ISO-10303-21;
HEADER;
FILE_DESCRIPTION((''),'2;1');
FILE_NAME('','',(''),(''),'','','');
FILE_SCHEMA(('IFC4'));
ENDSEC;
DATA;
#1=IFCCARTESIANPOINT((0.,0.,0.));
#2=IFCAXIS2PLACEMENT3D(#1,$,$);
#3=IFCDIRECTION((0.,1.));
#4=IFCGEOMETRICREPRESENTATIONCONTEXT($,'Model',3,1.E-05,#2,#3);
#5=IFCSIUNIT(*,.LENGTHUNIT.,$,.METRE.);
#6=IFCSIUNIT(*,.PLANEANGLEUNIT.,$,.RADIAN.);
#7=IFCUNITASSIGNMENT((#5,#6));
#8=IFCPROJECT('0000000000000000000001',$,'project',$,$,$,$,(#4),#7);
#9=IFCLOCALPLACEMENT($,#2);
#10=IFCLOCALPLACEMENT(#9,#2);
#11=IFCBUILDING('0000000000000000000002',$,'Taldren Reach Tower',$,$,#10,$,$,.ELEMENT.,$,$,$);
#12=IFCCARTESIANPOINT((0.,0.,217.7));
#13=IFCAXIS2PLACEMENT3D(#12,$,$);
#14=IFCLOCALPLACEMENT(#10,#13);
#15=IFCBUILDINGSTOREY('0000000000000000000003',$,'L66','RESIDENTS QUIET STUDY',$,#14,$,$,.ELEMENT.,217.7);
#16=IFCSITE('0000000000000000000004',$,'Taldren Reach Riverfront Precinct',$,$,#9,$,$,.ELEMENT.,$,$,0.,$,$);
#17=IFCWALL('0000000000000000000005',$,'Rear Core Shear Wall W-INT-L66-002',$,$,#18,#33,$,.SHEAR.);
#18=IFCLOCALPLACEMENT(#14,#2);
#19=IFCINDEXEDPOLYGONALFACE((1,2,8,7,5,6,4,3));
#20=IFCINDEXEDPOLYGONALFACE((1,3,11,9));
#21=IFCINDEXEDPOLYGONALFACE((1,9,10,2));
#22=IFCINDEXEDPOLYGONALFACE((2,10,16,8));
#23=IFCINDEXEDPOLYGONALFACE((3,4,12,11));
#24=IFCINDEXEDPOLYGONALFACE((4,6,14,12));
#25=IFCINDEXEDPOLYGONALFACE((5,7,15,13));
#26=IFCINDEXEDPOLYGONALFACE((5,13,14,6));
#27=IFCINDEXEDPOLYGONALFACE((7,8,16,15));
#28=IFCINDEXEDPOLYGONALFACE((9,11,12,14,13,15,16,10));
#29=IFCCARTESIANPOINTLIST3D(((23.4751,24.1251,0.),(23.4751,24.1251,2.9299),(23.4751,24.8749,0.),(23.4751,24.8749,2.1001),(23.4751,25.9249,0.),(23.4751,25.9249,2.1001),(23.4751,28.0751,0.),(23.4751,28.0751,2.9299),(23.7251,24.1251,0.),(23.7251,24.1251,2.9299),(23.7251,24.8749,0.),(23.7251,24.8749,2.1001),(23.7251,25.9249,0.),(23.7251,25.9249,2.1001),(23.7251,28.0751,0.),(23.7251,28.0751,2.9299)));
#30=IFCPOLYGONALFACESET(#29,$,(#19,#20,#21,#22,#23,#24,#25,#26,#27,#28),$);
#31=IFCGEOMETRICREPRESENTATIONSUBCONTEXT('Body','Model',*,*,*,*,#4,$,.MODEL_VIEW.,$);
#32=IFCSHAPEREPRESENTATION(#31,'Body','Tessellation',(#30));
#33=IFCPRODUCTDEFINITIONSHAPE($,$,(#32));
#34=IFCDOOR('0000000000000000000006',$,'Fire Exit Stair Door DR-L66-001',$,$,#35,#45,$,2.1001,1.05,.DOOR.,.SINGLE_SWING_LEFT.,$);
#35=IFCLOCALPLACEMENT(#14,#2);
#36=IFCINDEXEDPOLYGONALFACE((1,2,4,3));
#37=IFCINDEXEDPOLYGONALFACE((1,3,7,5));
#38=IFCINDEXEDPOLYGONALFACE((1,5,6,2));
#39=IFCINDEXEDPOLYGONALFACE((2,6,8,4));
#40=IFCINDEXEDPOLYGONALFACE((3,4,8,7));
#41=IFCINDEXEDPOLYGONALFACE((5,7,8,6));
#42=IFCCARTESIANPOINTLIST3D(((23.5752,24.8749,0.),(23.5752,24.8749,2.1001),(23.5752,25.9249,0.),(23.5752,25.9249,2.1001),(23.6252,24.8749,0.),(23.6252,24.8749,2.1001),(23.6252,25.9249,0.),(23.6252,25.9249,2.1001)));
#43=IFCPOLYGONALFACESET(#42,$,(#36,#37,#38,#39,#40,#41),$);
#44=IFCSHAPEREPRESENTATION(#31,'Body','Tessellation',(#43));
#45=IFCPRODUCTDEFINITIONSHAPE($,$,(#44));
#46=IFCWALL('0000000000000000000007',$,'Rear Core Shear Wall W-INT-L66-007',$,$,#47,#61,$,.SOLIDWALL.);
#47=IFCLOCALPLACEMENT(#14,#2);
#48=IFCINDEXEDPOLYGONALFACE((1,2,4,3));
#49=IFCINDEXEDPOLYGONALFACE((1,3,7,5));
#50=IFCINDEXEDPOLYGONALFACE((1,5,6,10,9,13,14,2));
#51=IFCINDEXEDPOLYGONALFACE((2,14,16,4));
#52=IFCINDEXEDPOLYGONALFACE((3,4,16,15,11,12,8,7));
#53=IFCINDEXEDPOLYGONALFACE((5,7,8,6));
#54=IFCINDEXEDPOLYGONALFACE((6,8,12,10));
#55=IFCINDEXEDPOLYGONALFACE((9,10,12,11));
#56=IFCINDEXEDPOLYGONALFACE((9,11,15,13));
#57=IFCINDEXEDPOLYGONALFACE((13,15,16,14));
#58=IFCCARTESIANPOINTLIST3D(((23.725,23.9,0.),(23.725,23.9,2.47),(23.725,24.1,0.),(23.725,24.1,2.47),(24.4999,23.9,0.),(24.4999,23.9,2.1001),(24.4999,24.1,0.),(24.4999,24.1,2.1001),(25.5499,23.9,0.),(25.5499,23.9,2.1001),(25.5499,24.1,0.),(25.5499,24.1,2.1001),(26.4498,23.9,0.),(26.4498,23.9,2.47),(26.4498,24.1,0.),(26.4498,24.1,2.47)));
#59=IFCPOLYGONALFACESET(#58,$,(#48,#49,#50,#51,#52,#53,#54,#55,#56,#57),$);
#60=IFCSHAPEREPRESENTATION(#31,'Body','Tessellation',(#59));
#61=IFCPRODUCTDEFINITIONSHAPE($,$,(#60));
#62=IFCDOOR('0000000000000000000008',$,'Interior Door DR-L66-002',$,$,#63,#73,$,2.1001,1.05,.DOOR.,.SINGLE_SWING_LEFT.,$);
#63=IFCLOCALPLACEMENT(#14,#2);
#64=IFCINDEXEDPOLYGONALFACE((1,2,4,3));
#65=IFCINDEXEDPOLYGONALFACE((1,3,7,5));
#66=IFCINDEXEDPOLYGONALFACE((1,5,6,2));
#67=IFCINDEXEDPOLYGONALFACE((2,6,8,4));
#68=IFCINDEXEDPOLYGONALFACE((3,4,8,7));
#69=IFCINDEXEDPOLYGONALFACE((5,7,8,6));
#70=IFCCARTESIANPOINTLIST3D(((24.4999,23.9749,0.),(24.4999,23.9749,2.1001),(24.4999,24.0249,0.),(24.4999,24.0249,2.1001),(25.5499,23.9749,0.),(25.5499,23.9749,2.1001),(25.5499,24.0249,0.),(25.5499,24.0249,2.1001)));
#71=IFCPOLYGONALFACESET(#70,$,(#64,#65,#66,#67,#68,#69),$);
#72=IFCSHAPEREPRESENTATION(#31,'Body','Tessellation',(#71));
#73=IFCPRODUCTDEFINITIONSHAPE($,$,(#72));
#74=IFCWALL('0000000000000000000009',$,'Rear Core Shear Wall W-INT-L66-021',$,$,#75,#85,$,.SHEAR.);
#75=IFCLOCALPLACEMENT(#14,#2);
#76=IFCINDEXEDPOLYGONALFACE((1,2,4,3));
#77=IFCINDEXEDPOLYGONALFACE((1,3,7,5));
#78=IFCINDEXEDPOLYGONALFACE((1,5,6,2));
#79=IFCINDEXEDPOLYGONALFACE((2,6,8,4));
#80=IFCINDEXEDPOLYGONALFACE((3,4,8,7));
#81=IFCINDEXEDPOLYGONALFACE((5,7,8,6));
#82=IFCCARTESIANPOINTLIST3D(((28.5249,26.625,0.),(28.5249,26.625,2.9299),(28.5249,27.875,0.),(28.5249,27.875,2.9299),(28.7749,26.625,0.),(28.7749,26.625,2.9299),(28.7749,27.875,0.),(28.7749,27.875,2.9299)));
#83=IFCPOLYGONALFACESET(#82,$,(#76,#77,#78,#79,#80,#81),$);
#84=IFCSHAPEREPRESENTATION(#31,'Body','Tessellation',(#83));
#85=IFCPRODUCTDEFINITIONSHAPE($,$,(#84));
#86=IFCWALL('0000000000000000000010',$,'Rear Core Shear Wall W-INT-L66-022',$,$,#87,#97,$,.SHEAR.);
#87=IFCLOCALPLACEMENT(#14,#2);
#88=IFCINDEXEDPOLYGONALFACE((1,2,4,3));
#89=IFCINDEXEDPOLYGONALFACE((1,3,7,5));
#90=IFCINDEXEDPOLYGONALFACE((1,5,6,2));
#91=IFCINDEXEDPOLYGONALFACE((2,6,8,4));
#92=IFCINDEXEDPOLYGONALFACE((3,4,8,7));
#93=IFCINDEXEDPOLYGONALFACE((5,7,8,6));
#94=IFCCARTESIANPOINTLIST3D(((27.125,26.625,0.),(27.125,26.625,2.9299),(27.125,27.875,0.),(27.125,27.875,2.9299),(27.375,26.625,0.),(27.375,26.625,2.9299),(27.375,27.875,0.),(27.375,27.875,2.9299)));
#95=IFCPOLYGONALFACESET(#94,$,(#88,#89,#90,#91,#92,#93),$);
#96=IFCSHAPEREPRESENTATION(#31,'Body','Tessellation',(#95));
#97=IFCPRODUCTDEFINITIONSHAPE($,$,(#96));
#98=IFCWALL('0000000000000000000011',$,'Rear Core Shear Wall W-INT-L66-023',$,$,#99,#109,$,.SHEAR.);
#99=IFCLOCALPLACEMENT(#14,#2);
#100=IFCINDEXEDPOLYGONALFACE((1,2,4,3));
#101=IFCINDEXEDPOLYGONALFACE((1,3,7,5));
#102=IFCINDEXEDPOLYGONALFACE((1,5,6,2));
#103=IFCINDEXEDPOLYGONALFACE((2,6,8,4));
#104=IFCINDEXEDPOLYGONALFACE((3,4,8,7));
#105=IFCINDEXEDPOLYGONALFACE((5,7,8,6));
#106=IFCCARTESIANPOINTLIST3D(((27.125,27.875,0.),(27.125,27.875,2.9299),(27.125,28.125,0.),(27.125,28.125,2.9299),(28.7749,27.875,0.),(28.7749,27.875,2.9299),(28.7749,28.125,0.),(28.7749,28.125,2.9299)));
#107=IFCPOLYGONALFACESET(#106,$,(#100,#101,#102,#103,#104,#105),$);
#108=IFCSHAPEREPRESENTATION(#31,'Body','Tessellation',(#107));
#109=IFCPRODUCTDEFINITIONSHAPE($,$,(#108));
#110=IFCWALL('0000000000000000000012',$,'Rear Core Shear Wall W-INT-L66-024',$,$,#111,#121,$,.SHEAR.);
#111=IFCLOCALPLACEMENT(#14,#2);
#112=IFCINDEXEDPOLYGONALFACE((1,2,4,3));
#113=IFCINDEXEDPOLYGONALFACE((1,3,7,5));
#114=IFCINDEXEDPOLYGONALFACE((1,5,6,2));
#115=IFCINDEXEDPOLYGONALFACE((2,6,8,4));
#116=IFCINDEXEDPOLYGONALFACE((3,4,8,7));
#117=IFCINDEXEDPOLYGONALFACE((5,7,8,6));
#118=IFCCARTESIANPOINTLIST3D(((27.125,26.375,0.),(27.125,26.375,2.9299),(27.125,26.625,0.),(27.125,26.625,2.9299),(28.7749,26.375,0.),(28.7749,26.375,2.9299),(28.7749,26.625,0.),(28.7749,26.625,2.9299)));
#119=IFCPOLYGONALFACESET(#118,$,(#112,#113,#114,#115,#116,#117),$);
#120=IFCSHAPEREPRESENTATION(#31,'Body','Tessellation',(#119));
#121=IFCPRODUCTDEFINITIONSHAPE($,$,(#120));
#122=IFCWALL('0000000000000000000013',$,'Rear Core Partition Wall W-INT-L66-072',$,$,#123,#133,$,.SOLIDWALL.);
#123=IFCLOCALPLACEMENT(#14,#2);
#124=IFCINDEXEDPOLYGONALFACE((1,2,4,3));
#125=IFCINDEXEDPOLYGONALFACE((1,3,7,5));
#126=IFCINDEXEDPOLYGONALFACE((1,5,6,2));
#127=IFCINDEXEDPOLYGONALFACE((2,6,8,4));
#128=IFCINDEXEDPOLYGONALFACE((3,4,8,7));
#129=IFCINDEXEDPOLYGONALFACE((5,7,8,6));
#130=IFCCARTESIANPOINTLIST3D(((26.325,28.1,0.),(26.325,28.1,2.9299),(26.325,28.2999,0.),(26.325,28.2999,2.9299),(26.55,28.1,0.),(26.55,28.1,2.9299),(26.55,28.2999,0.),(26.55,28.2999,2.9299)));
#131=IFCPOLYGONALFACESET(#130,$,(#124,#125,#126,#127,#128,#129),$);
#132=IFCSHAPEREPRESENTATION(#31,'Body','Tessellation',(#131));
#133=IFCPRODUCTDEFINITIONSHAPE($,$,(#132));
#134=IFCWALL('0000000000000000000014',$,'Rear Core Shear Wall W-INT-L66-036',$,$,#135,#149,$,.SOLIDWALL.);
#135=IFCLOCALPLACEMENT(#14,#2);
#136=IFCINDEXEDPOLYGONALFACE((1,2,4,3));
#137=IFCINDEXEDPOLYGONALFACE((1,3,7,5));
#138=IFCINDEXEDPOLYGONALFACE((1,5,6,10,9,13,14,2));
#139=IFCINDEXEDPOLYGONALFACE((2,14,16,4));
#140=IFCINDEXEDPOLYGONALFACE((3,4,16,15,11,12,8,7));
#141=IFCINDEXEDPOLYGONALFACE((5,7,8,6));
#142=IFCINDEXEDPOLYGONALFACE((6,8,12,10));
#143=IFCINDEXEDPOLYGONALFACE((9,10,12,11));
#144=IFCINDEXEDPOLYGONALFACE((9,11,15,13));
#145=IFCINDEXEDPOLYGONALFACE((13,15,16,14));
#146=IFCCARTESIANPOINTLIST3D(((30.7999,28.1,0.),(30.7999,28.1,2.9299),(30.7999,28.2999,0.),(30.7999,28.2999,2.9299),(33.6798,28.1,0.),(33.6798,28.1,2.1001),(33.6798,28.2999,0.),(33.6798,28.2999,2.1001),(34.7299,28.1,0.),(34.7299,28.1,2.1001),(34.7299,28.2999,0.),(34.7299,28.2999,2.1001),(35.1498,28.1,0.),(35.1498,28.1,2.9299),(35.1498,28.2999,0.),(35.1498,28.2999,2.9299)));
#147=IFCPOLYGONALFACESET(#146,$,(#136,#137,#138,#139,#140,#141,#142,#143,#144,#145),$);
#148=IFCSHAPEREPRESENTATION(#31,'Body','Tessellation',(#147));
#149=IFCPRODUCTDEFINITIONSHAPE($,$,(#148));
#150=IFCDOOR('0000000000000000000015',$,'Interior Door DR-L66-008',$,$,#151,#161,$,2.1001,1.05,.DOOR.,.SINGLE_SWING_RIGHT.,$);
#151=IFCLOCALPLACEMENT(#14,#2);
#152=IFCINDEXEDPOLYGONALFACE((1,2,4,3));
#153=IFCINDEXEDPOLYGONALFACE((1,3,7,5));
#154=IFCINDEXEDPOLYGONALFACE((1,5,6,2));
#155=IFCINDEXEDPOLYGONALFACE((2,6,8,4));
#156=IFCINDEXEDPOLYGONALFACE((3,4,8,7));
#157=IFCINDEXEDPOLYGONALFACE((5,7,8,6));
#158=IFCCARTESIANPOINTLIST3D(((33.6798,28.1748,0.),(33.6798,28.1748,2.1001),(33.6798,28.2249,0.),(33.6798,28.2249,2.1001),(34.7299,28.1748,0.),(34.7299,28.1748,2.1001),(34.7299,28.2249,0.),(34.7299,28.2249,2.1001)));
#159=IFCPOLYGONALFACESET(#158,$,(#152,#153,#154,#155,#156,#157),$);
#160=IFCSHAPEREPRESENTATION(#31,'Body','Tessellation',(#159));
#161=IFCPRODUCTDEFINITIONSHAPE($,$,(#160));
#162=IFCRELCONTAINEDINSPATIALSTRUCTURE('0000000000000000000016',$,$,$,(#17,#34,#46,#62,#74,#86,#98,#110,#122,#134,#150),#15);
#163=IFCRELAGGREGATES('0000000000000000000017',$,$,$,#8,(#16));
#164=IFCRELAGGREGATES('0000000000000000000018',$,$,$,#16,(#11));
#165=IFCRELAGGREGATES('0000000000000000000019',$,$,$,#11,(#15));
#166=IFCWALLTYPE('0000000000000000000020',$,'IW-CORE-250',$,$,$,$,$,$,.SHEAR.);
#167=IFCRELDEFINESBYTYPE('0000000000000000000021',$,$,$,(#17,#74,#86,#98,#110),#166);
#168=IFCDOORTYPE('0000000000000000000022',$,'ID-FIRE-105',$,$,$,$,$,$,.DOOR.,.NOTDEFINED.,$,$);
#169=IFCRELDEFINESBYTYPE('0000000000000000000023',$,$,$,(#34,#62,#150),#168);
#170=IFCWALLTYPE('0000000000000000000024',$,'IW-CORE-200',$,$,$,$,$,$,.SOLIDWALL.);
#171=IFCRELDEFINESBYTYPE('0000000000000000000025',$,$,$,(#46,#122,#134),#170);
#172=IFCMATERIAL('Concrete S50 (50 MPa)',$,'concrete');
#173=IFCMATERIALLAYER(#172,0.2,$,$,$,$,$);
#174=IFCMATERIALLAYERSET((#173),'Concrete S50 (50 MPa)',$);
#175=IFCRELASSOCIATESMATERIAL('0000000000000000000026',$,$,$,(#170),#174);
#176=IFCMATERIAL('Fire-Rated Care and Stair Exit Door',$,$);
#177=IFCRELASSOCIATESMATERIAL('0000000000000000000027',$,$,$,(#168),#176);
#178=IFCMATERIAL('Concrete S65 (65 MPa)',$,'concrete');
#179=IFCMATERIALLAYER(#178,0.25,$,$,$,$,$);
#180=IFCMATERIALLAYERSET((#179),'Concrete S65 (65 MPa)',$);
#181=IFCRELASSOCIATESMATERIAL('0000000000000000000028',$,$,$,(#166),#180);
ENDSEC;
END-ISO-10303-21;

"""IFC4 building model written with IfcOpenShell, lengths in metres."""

from ifc_helpers import new_model, si_unit, direction, frame, frame_2d, origin, place, context, subcontext, project, spatial, rectangle, extrude, source, transform, mapped, material, layer, layer_set, type_object, element, fill, save


model = new_model("IFC4")

# Units and contexts
model_context = context("Model", 3, precision=1e-05, world=origin(), true_north=direction((0.0, 1.0)))
body_context = subcontext(model_context, "Body", "Model", "MODEL_VIEW")
ifc_project = project(units=[si_unit("LENGTHUNIT", "METRE"), si_unit("PLANEANGLEUNIT", "RADIAN")], contexts=[model_context])

# Site, building, storey
site_placement = place(None, origin())
site = spatial("IfcSite", under=ifc_project, at=site_placement, Name="Taldren Reach Riverfront Precinct", CompositionType="ELEMENT", RefElevation=0.0)
building_placement = place(site_placement, origin())
building = spatial("IfcBuilding", under=site, at=building_placement, Name="Taldren Reach Tower", CompositionType="ELEMENT")
storey_placement = place(building_placement, frame((0.0, 0.0, 217.7)))
storey = spatial("IfcBuildingStorey", under=building, at=storey_placement, Name="L66", Description="RESIDENTS QUIET STUDY", CompositionType="ELEMENT", Elevation=217.7)

# Shared definitions
ifc_material_1 = material(Name="Concrete S50 (50 MPa)", Category="concrete")
ifc_layer_1 = layer(ifc_material_1, 0.2)
ifc_layer_set_1 = layer_set([ifc_layer_1], Name="Concrete S50 (50 MPa)")
wall_type_1 = type_object("IfcWallType", Name="IW-CORE-200", PredefinedType="SOLIDWALL", material=ifc_layer_set_1)
shared_shape_1 = source(origin(), body_context, "Body", "SweptSolid", [
    extrude(rectangle(XDim=1.05, YDim=2.1001, at=frame_2d((0.5249, 1.05))), frame((0.0, 0.1099, 0.0), z_axis=(0.0, -1.0, 0.0), x_axis=(1.0, 0.0, 0.0)), (0.0, 0.0, 1.0), 0.22),
])
ifc_material_2 = material(Name="Fire-Rated Care and Stair Exit Door")
door_type_1 = type_object("IfcDoorType", Name="ID-FIRE-105", OperationType="NOTDEFINED", PredefinedType="DOOR", material=ifc_material_2)
shared_shape_2 = source(origin(), body_context, "Body", "SweptSolid", [
    extrude(rectangle(XDim=1.05, YDim=2.1001, at=frame_2d((0.5249, 1.05))), frame((0.0, 0.0249, 0.0), z_axis=(0.0, -1.0, 0.0), x_axis=(1.0, 0.0, 0.0)), (0.0, 0.0, 1.0), 0.05),
])

# Walls, openings, doors
ifc_material_3 = material(Name="Concrete S65 (65 MPa)", Category="concrete")
ifc_layer_2 = layer(ifc_material_3, 0.25)
ifc_layer_set_2 = layer_set([ifc_layer_2], Name="Concrete S65 (65 MPa)")
wall_type_2 = type_object("IfcWallType", Name="IW-CORE-250", PredefinedType="SHEAR", material=ifc_layer_set_2)
shared_shape_3 = source(origin(), body_context, "Body", "SweptSolid", [
    extrude(rectangle(XDim=3.95, YDim=0.25, at=frame_2d((1.9751, 0.0))), origin(), (0.0, 0.0, 1.0), 2.9299),
])
wall_1_placement = place(storey_placement, frame((23.6001, 24.125, 0.0), z_axis=(0.0, 0.0, 1.0), x_axis=(0.0, 1.0, 0.0)))
wall_1 = element("IfcWall", 1, at=wall_1_placement, inside=storey, type_object=wall_type_2, Name="Rear Core Shear Wall W-INT-L66-002", PredefinedType="SHEAR", context=body_context, shape_type="MappedRepresentation", body=[
    mapped(shared_shape_3, transform((0.0, 0.0, 0.0), scale=1.0)),
])
shared_shape_4 = source(origin(), body_context, "Body", "SweptSolid", [
    extrude(rectangle(XDim=1.05, YDim=2.1001, at=frame_2d((0.5249, 1.05))), frame((0.0, 0.135, 0.0), z_axis=(0.0, -1.0, 0.0), x_axis=(1.0, 0.0, 0.0)), (0.0, 0.0, 1.0), 0.27),
])
opening_1_placement = place(wall_1_placement, frame((0.75, 0.0, 0.0)))
opening_1 = element("IfcOpeningElement", 2, at=opening_1_placement, cuts=wall_1, PredefinedType="OPENING", context=body_context, shape_type="MappedRepresentation", body=[
    mapped(shared_shape_4, transform((0.0, 0.0, 0.0), scale=1.0)),
])
door_1_placement = place(opening_1_placement, origin())
door_1 = element("IfcDoor", 3, at=door_1_placement, inside=storey, type_object=door_type_1, Name="Fire Exit Stair Door DR-L66-001", OperationType="SINGLE_SWING_LEFT", OverallHeight=2.1001, OverallWidth=1.05, PredefinedType="DOOR", context=body_context, shape_type="MappedRepresentation", body=[
    mapped(shared_shape_2, transform((0.0, 0.0, 0.0), scale=1.0)),
])
fill(opening_1, door_1)
shared_shape_5 = source(origin(), body_context, "Body", "SweptSolid", [
    extrude(rectangle(XDim=2.7249, YDim=0.2, at=frame_2d((1.3623, 0.0))), origin(), (0.0, 0.0, 1.0), 2.47),
])
wall_2_placement = place(storey_placement, frame((23.7251, 24.0, 0.0), z_axis=(0.0, 0.0, 1.0), x_axis=(1.0, 0.0, 0.0)))
wall_2 = element("IfcWall", 4, at=wall_2_placement, inside=storey, type_object=wall_type_1, Name="Rear Core Shear Wall W-INT-L66-007", PredefinedType="SOLIDWALL", context=body_context, shape_type="MappedRepresentation", body=[
    mapped(shared_shape_5, transform((0.0, 0.0, 0.0), scale=1.0)),
])
opening_2_placement = place(wall_2_placement, frame((0.7749, 0.0, 0.0)))
opening_2 = element("IfcOpeningElement", 5, at=opening_2_placement, cuts=wall_2, PredefinedType="OPENING", context=body_context, shape_type="MappedRepresentation", body=[
    mapped(shared_shape_1, transform((0.0, 0.0, 0.0), scale=1.0)),
])
door_2_placement = place(opening_2_placement, origin())
door_2 = element("IfcDoor", 6, at=door_2_placement, inside=storey, type_object=door_type_1, Name="Interior Door DR-L66-002", OperationType="SINGLE_SWING_LEFT", OverallHeight=2.1001, OverallWidth=1.05, PredefinedType="DOOR", context=body_context, shape_type="MappedRepresentation", body=[
    mapped(shared_shape_2, transform((0.0, 0.0, 0.0), scale=1.0)),
])
fill(opening_2, door_2)

# Walls
shared_shape_6 = source(origin(), body_context, "Body", "SweptSolid", [
    extrude(rectangle(XDim=1.25, YDim=0.25, at=frame_2d((0.625, 0.0))), origin(), (0.0, 0.0, 1.0), 2.9299),
])
for number, where, z_axis, x_axis, name in (
    (7, (28.6499, 26.625, 0.0), (0.0, 0.0, 1.0), (0.0, 1.0, 0.0), "Rear Core Shear Wall W-INT-L66-021"),
    (8, (27.25, 27.875, 0.0), (0.0, 0.0, 1.0), (0.0, -1.0, 0.0), "Rear Core Shear Wall W-INT-L66-022"),
):
    element("IfcWall", number, at=place(storey_placement, frame(where, z_axis=z_axis, x_axis=x_axis)), inside=storey, type_object=wall_type_2, Name=name, PredefinedType="SHEAR", context=body_context, shape_type="MappedRepresentation", body=[
        mapped(shared_shape_6, transform((0.0, 0.0, 0.0), scale=1.0)),
    ])
shared_shape_7 = source(origin(), body_context, "Body", "SweptSolid", [
    extrude(rectangle(XDim=1.6499, YDim=0.25, at=frame_2d((0.825, 0.0))), origin(), (0.0, 0.0, 1.0), 2.9299),
])
for number, where, z_axis, x_axis, name in (
    (9, (28.7749, 28.0, 0.0), (0.0, 0.0, 1.0), (-1.0, 0.0, 0.0), "Rear Core Shear Wall W-INT-L66-023"),
    (10, (27.125, 26.5, 0.0), (0.0, 0.0, 1.0), (1.0, 0.0, 0.0), "Rear Core Shear Wall W-INT-L66-024"),
):
    element("IfcWall", number, at=place(storey_placement, frame(where, z_axis=z_axis, x_axis=x_axis)), inside=storey, type_object=wall_type_2, Name=name, PredefinedType="SHEAR", context=body_context, shape_type="MappedRepresentation", body=[
        mapped(shared_shape_7, transform((0.0, 0.0, 0.0), scale=1.0)),
    ])
shared_shape_8 = source(origin(), body_context, "Body", "SweptSolid", [
    extrude(rectangle(XDim=0.2251, YDim=0.2, at=frame_2d((0.1125, 0.0))), origin(), (0.0, 0.0, 1.0), 2.9299),
])
wall_3_placement = place(storey_placement, frame((26.325, 28.2, 0.0), z_axis=(0.0, 0.0, 1.0), x_axis=(1.0, 0.0, 0.0)))
element("IfcWall", 11, at=wall_3_placement, inside=storey, type_object=wall_type_1, Name="Rear Core Partition Wall W-INT-L66-072", PredefinedType="SOLIDWALL", context=body_context, shape_type="MappedRepresentation", body=[
    mapped(shared_shape_8, transform((0.0, 0.0, 0.0), scale=1.0)),
])

# Wall, opening, door
shared_shape_9 = source(origin(), body_context, "Body", "SweptSolid", [
    extrude(rectangle(XDim=4.3499, YDim=0.2, at=frame_2d((2.1748, 0.0))), origin(), (0.0, 0.0, 1.0), 2.9299),
])
wall_4_placement = place(storey_placement, frame((30.8, 28.2, 0.0), z_axis=(0.0, 0.0, 1.0), x_axis=(1.0, 0.0, 0.0)))
wall_4 = element("IfcWall", 12, at=wall_4_placement, inside=storey, type_object=wall_type_1, Name="Rear Core Shear Wall W-INT-L66-036", PredefinedType="SOLIDWALL", context=body_context, shape_type="MappedRepresentation", body=[
    mapped(shared_shape_9, transform((0.0, 0.0, 0.0), scale=1.0)),
])
opening_3_placement = place(wall_4_placement, frame((2.8799, 0.0, 0.0)))
opening_3 = element("IfcOpeningElement", 13, at=opening_3_placement, cuts=wall_4, PredefinedType="OPENING", context=body_context, shape_type="MappedRepresentation", body=[
    mapped(shared_shape_1, transform((0.0, 0.0, 0.0), scale=1.0)),
])
door_3_placement = place(opening_3_placement, origin())
door_3 = element("IfcDoor", 14, at=door_3_placement, inside=storey, type_object=door_type_1, Name="Interior Door DR-L66-008", OperationType="SINGLE_SWING_RIGHT", OverallHeight=2.1001, OverallWidth=1.05, PredefinedType="DOOR", context=body_context, shape_type="MappedRepresentation", body=[
    mapped(shared_shape_2, transform((0.0, 0.0, 0.0), scale=1.0)),
])
fill(opening_3, door_3)

save(model, "model.ifc")
